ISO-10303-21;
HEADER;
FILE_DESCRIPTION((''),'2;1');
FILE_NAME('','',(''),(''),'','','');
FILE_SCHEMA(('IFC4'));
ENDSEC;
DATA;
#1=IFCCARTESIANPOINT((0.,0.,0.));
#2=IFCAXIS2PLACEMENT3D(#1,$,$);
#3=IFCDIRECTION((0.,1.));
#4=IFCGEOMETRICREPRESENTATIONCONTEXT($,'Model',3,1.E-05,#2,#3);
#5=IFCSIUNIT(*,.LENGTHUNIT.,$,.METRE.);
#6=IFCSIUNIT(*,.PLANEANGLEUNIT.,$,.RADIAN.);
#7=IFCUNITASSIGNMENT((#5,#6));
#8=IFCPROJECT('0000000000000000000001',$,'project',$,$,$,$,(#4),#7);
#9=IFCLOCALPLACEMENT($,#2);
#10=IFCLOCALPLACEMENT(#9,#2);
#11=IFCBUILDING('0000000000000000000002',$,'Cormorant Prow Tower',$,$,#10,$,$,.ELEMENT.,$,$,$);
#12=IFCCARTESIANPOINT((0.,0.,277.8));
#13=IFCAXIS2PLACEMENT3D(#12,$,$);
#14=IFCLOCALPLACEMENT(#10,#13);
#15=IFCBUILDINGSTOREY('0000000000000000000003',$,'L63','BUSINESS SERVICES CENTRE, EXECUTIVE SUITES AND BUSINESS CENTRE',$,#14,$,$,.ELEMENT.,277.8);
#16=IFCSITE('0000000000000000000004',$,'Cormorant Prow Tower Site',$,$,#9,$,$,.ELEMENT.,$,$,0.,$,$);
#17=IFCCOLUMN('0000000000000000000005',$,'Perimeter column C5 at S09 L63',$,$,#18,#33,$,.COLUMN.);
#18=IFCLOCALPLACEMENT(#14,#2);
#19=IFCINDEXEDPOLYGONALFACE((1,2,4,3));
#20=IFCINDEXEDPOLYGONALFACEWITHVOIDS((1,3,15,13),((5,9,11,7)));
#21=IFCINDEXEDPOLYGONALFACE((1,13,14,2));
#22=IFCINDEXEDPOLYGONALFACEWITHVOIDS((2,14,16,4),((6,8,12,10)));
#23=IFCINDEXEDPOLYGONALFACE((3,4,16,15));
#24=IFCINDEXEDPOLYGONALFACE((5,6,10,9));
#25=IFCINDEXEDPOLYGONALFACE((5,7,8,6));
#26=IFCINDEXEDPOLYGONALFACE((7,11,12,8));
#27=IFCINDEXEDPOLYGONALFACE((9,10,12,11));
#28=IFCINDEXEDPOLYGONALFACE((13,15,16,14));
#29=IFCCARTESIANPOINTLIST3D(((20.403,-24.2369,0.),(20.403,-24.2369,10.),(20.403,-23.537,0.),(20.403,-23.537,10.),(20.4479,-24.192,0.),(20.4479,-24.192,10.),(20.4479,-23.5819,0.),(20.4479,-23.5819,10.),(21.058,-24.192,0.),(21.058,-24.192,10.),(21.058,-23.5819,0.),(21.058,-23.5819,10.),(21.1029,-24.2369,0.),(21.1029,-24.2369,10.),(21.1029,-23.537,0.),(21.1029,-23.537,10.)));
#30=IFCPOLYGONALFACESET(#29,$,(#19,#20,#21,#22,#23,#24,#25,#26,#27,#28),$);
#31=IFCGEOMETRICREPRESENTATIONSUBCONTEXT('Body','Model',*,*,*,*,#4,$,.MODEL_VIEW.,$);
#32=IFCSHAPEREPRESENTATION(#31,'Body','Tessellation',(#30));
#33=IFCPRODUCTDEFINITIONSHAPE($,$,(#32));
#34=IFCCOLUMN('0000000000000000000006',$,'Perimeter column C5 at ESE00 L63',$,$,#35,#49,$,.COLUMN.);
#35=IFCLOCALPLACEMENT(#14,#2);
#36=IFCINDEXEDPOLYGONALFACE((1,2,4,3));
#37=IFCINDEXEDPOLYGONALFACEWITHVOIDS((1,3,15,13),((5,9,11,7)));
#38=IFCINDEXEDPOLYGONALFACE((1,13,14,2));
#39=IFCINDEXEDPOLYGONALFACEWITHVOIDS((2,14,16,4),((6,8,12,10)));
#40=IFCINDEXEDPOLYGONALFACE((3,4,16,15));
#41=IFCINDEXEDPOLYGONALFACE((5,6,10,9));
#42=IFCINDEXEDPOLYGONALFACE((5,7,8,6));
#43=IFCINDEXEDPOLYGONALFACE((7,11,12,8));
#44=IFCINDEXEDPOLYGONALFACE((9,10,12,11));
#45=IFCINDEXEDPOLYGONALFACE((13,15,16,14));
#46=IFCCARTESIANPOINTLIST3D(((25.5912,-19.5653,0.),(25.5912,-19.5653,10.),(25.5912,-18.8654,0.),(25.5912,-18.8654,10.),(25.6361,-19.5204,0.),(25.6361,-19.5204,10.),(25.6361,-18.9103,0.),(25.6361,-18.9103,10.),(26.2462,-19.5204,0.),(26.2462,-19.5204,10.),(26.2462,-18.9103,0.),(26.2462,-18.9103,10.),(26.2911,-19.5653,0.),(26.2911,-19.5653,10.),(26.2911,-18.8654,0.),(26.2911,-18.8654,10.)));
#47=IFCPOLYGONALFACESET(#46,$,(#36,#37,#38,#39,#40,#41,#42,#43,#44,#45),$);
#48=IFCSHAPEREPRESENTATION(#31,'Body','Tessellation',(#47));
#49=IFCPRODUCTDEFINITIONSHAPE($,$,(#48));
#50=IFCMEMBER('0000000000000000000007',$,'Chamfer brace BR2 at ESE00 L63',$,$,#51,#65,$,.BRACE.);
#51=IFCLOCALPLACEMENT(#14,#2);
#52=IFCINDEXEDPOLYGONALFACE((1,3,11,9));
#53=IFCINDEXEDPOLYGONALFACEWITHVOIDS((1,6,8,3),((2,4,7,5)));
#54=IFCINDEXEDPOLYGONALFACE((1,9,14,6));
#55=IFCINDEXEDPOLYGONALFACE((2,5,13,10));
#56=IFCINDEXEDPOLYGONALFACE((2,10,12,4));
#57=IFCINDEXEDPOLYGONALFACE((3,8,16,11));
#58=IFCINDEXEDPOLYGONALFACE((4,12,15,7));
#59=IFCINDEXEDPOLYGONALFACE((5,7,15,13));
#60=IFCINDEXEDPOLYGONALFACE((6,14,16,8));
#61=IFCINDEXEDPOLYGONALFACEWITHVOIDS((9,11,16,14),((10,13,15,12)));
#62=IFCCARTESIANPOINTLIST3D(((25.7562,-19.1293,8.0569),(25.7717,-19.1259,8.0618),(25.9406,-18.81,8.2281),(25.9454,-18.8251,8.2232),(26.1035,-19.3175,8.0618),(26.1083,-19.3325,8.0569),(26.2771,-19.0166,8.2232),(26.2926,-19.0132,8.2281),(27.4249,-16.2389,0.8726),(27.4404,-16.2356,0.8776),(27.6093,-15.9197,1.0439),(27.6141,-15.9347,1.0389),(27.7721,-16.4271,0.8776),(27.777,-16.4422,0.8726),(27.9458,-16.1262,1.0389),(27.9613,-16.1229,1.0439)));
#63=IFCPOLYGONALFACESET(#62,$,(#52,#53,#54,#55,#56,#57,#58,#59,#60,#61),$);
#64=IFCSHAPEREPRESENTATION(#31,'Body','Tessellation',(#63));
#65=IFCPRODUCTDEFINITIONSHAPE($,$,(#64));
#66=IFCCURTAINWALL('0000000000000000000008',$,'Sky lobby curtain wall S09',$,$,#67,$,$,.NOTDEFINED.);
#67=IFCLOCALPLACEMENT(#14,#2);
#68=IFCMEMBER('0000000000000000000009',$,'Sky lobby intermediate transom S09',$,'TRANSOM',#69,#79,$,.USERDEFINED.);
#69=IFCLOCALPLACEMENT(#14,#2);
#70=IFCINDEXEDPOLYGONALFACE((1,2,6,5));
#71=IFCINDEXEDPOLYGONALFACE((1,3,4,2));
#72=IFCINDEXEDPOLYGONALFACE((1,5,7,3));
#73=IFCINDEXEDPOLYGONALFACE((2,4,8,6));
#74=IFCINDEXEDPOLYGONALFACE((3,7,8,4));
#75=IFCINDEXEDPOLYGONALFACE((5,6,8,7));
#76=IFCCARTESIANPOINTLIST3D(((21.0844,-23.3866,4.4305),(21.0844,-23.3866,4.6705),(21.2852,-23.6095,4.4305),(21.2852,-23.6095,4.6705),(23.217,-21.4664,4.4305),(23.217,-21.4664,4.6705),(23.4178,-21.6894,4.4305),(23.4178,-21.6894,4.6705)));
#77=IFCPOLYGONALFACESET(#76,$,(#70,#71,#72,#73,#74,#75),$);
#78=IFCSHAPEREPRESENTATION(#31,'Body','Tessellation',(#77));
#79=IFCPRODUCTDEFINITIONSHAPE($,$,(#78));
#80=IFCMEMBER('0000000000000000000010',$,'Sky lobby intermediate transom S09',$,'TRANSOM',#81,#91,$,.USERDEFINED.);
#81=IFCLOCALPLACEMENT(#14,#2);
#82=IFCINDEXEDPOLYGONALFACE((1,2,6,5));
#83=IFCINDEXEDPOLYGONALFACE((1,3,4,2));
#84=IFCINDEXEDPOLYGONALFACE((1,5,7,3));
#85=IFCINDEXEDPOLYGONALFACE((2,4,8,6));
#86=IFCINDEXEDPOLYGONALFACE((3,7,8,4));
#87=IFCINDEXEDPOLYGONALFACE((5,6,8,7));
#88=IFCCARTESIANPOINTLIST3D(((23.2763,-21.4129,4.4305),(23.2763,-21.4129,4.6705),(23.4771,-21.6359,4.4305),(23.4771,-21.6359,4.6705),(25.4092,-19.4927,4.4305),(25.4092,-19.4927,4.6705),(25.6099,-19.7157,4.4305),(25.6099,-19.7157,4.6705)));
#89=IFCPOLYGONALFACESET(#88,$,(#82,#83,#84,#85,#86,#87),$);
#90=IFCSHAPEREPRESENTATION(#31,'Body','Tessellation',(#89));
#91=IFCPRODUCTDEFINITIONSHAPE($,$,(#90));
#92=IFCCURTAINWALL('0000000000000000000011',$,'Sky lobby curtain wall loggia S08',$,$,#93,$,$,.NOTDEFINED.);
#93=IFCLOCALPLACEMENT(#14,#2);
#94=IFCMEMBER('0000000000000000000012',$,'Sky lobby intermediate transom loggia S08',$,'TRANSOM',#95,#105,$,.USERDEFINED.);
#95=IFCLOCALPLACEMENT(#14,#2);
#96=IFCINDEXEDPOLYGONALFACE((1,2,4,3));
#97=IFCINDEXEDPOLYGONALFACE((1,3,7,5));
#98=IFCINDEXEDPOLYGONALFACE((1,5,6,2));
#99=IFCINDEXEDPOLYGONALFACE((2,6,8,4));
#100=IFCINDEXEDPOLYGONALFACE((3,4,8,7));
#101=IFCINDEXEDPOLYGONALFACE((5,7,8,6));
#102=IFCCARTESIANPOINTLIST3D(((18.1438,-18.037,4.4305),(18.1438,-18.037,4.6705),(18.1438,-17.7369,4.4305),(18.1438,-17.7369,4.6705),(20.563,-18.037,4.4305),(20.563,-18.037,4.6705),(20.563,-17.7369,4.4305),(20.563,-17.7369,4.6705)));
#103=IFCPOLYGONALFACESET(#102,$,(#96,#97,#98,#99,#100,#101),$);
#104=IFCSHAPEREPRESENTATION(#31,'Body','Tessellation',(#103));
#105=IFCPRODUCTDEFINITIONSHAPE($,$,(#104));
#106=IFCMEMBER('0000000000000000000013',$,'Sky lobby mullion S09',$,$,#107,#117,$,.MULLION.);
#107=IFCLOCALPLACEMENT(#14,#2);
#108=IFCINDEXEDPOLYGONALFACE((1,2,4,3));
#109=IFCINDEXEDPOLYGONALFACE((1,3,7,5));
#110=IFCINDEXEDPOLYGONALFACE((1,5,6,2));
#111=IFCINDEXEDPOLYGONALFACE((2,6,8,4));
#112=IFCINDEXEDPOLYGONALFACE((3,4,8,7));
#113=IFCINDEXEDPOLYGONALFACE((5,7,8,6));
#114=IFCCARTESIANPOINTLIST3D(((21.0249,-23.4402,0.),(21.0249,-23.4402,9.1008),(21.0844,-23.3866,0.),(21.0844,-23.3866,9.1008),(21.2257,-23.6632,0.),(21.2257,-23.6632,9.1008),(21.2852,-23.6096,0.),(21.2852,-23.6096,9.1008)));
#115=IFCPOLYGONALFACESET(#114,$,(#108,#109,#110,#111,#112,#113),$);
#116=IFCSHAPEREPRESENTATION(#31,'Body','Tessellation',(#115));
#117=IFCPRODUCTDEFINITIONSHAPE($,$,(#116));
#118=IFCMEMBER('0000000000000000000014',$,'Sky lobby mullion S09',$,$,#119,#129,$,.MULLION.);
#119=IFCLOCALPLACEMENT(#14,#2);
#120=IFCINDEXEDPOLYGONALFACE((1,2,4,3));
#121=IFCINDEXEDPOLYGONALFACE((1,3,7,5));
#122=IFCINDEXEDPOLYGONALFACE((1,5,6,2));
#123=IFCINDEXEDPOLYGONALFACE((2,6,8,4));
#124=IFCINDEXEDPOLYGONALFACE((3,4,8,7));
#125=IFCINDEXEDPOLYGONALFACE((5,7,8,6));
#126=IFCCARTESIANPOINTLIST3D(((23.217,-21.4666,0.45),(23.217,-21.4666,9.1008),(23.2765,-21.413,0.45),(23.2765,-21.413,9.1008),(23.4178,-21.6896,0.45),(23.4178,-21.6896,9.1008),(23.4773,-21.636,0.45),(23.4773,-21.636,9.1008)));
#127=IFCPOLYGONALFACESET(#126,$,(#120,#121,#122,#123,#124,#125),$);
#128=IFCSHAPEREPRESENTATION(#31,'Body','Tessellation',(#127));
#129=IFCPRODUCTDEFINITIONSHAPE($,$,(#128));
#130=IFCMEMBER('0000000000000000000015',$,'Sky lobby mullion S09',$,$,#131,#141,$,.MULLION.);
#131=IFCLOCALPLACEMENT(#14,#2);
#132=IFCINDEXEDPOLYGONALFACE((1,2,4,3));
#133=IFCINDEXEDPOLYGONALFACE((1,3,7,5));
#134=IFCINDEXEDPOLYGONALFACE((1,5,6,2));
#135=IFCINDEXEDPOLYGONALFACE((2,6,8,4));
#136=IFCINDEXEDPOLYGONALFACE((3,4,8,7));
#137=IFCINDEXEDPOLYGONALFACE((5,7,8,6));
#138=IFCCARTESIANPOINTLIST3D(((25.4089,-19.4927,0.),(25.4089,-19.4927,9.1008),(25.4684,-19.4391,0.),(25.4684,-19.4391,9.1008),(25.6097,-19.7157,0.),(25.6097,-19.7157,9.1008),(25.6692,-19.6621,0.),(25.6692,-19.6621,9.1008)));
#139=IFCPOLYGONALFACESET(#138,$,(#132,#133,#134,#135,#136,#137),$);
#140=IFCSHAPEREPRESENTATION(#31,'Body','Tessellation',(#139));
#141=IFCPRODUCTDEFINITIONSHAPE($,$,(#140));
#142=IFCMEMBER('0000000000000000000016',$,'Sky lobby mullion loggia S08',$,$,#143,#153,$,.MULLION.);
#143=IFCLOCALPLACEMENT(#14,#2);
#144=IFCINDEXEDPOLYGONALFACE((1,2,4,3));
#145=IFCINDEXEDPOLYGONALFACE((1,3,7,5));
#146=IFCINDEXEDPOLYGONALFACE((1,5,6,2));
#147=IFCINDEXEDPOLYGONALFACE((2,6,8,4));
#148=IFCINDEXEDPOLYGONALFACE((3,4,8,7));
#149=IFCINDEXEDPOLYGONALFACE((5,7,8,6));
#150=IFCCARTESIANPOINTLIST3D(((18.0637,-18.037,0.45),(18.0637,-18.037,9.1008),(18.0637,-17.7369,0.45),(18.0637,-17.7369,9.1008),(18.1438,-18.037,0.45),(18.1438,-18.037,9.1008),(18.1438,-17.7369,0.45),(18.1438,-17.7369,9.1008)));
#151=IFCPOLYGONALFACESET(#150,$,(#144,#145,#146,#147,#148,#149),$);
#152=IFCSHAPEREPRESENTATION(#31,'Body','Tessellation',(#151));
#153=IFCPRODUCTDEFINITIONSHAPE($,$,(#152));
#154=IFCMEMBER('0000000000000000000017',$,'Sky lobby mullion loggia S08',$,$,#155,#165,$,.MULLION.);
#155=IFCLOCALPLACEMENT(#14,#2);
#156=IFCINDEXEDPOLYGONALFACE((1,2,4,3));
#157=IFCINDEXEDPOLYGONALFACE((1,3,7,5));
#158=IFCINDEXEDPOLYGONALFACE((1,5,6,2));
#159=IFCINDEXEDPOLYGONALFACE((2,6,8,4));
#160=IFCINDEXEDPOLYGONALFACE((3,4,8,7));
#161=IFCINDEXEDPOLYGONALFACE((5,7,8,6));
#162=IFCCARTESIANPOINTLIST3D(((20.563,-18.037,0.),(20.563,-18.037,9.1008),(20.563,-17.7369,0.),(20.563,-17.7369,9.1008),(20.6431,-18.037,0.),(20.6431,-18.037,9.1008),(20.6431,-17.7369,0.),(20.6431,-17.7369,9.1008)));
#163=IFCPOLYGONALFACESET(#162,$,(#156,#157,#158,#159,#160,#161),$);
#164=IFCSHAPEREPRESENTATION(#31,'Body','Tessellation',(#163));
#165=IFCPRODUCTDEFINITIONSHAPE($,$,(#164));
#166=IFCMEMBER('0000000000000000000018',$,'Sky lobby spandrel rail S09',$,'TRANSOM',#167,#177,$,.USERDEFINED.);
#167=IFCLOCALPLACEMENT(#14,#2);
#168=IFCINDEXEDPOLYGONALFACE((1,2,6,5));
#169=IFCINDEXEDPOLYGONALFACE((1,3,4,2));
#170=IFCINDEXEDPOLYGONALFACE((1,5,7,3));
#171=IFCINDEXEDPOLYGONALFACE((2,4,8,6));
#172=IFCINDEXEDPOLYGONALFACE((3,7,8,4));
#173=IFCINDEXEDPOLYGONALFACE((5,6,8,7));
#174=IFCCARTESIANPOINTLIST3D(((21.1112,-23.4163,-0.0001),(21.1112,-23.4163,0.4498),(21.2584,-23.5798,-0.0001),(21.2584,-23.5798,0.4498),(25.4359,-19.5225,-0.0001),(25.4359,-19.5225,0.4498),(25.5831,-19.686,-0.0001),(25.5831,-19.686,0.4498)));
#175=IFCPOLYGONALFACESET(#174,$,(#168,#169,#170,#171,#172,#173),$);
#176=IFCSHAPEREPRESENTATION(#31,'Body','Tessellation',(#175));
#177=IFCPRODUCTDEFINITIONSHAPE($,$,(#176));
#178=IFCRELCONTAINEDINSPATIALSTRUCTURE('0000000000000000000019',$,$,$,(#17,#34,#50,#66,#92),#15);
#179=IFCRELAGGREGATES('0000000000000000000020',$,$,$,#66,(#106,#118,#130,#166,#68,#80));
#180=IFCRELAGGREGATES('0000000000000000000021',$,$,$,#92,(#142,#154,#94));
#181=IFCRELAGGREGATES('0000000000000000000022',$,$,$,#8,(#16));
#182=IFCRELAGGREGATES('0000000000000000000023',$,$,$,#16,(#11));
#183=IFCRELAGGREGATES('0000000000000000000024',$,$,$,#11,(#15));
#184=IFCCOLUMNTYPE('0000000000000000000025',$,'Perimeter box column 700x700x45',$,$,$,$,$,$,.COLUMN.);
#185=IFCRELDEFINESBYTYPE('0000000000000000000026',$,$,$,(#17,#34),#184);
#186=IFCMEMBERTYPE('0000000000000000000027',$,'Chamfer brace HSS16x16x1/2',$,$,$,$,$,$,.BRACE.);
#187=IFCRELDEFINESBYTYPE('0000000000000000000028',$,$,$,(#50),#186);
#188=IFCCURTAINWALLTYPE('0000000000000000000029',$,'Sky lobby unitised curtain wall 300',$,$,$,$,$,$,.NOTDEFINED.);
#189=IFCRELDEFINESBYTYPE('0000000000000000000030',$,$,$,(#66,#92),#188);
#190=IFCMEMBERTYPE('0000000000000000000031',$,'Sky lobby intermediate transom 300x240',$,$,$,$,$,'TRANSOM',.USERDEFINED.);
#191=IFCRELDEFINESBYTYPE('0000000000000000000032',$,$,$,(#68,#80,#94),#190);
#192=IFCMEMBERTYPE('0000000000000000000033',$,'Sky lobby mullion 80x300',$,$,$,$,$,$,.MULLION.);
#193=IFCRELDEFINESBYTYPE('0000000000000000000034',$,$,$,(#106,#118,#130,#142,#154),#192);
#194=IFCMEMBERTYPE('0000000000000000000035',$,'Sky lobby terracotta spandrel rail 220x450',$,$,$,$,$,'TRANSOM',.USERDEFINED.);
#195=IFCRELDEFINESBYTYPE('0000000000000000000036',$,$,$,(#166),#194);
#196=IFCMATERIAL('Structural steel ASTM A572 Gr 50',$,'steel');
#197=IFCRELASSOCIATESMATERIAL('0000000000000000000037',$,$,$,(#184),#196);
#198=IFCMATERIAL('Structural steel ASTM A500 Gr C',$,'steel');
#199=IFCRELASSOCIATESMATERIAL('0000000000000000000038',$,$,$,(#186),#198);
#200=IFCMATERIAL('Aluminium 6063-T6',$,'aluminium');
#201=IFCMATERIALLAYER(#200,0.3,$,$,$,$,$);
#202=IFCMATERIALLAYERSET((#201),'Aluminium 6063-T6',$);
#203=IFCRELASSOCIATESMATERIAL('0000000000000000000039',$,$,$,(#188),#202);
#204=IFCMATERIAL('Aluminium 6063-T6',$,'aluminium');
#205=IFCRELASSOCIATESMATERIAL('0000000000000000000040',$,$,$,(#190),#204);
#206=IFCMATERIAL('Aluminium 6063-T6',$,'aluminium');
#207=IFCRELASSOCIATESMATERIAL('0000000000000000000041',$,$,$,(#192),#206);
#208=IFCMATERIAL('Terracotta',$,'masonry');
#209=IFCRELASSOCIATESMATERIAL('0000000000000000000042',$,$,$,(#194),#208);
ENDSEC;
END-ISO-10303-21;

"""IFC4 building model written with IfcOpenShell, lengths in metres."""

from ifc_helpers import new_model, si_unit, direction, frame, origin, origin_2d, place, context, subcontext, project, spatial, rectangle, hollow_rectangle, extrude, material, layer, layer_set, material_profile, profile_set, type_object, element, aggregate, save


model = new_model("IFC4")

# Units and contexts
model_context = context("Model", 3, precision=1e-05, world=origin(), true_north=direction((0.0, 1.0)))
body_context = subcontext(model_context, "Body", "Model", "MODEL_VIEW")
ifc_project = project(units=[si_unit("LENGTHUNIT", "METRE"), si_unit("PLANEANGLEUNIT", "RADIAN")], contexts=[model_context])

# Site, building, storey
site_placement = place(None, origin())
site = spatial("IfcSite", under=ifc_project, at=site_placement, Name="Cormorant Prow Tower Site", CompositionType="ELEMENT", RefElevation=0.0)
building_placement = place(site_placement, origin())
building = spatial("IfcBuilding", under=site, at=building_placement, Name="Cormorant Prow Tower", CompositionType="ELEMENT")
storey_placement = place(building_placement, frame((0.0, 0.0, 277.8)))
storey = spatial("IfcBuildingStorey", under=building, at=storey_placement, Name="L63", Description="BUSINESS SERVICES CENTRE, EXECUTIVE SUITES AND BUSINESS CENTRE", CompositionType="ELEMENT", Elevation=277.8)

# Columns
ifc_material_1 = material(Name="Structural steel ASTM A572 Gr 50", Category="steel")
ifc_material_profile_1 = material_profile(ifc_material_1, hollow_rectangle(XDim=0.7, YDim=0.7, WallThickness=0.0449, at=origin_2d()), Name="Box 700x700x45")
ifc_profile_set_1 = profile_set([ifc_material_profile_1], Name="Structural steel ASTM A572 Gr 50")
column_type = type_object("IfcColumnType", Name="Perimeter box column 700x700x45", PredefinedType="COLUMN", material=ifc_profile_set_1)
for number, where, z_axis, x_axis, name in (
    (1, (20.7529, -23.887, 0.0), (0.0, 0.0, 1.0), (1.0, 0.0, 0.0), "Perimeter column C5 at S09 L63"),
    (2, (25.9412, -19.2153, 0.0), (0.0, 0.0, 1.0), (1.0, 0.0, 0.0), "Perimeter column C5 at ESE00 L63"),
):
    element("IfcColumn", number, at=place(storey_placement, frame(where, z_axis=z_axis, x_axis=x_axis)), inside=storey, type_object=column_type, Name=name, PredefinedType="COLUMN", context=body_context, shape_type="SweptSolid", body=[
        extrude(hollow_rectangle(XDim=0.7, YDim=0.7, WallThickness=0.0449, at=origin_2d()), origin(), (0.0, 0.0, 1.0), 10.0),
    ])

# Member
ifc_material_2 = material(Name="Structural steel ASTM A500 Gr C", Category="steel")
ifc_material_profile_2 = material_profile(ifc_material_2, hollow_rectangle(XDim=0.4065, YDim=0.4065, WallThickness=0.0117, at=origin_2d()), Name="HSS16x16x1/2")
ifc_profile_set_2 = profile_set([ifc_material_profile_2], Name="Structural steel ASTM A500 Gr C")
member_type_1 = type_object("IfcMemberType", Name="Chamfer brace HSS16x16x1/2", PredefinedType="BRACE", material=ifc_profile_set_2)
member_1_placement = place(storey_placement, frame((27.6931, -16.1809, 0.9583), z_axis=(-0.210649, -0.364869, 0.906917), x_axis=(0.866033, -0.499986, 0.0)))
element("IfcMember", 3, at=member_1_placement, inside=storey, type_object=member_type_1, Name="Chamfer brace BR2 at ESE00 L63", PredefinedType="BRACE", context=body_context, shape_type="SweptSolid", body=[
    extrude(hollow_rectangle(XDim=0.4065, YDim=0.4065, WallThickness=0.0117, at=origin_2d()), origin(), (0.0, 0.0, 1.0), 7.9216),
])

# Curtain wall, members
ifc_material_3 = material(Name="Aluminium 6063-T6", Category="aluminium")
ifc_layer_1 = layer(ifc_material_3, 0.3)
ifc_layer_set_1 = layer_set([ifc_layer_1], Name="Aluminium 6063-T6")
curtain_wall_type = type_object("IfcCurtainWallType", Name="Sky lobby unitised curtain wall 300", PredefinedType="NOTDEFINED", material=ifc_layer_set_1)
curtain_wall_1_placement = place(storey_placement, origin())
curtain_wall_1 = element("IfcCurtainWall", 4, at=curtain_wall_1_placement, inside=storey, type_object=curtain_wall_type, Name="Sky lobby curtain wall S09", PredefinedType="NOTDEFINED")
ifc_material_4 = material(Name="Aluminium 6063-T6", Category="aluminium")
ifc_material_profile_3 = material_profile(ifc_material_4, rectangle(XDim=0.3, YDim=0.24, at=origin_2d()), Name="Sky lobby intermediate transom 300x240")
ifc_profile_set_3 = profile_set([ifc_material_profile_3], Name="Aluminium 6063-T6")
member_type_2 = type_object("IfcMemberType", Name="Sky lobby intermediate transom 300x240", ElementType="TRANSOM", PredefinedType="USERDEFINED", material=ifc_profile_set_3)
member_2_placement = place(storey_placement, frame((21.1848, -23.498, 4.5505), z_axis=(0.743146, 0.669129, 0.0), x_axis=(-0.669129, 0.743146, 0.0)))
member_2 = element("IfcMember", 5, at=member_2_placement, type_object=member_type_2, Name="Sky lobby intermediate transom S09", ObjectType="TRANSOM", PredefinedType="USERDEFINED", context=body_context, shape_type="SweptSolid", body=[
    extrude(rectangle(XDim=0.3, YDim=0.24, at=origin_2d()), origin(), (0.0, 0.0, 1.0), 2.8696),
])
member_3_placement = place(storey_placement, frame((23.3767, -21.5244, 4.5505), z_axis=(0.743184, 0.669087, 0.0), x_axis=(-0.669087, 0.743184, 0.0)))
member_3 = element("IfcMember", 6, at=member_3_placement, type_object=member_type_2, Name="Sky lobby intermediate transom S09", ObjectType="TRANSOM", PredefinedType="USERDEFINED", context=body_context, shape_type="SweptSolid", body=[
    extrude(rectangle(XDim=0.3, YDim=0.24, at=origin_2d()), origin(), (0.0, 0.0, 1.0), 2.8699),
])

# Curtain wall, member
curtain_wall_2_placement = place(storey_placement, origin())
curtain_wall_2 = element("IfcCurtainWall", 7, at=curtain_wall_2_placement, inside=storey, type_object=curtain_wall_type, Name="Sky lobby curtain wall loggia S08", PredefinedType="NOTDEFINED")
member_4_placement = place(storey_placement, frame((18.1438, -17.887, 4.5505), z_axis=(1.0, 0.0, 0.0), x_axis=(0.0, 1.0, 0.0)))
member_4 = element("IfcMember", 8, at=member_4_placement, type_object=member_type_2, Name="Sky lobby intermediate transom loggia S08", ObjectType="TRANSOM", PredefinedType="USERDEFINED", context=body_context, shape_type="SweptSolid", body=[
    extrude(rectangle(XDim=0.3, YDim=0.24, at=origin_2d()), origin(), (0.0, 0.0, 1.0), 2.4192),
])

# Members
ifc_material_5 = material(Name="Aluminium 6063-T6", Category="aluminium")
ifc_material_profile_4 = material_profile(ifc_material_5, rectangle(XDim=0.3, YDim=0.0801, at=origin_2d()), Name="Sky lobby mullion 80x300")
ifc_profile_set_4 = profile_set([ifc_material_profile_4], Name="Aluminium 6063-T6")
member_type_3 = type_object("IfcMemberType", Name="Sky lobby mullion 80x300", PredefinedType="MULLION", material=ifc_profile_set_4)
member_5_placement = place(storey_placement, frame((21.155, -23.5249, 0.0), z_axis=(0.0, 0.0, 1.0), x_axis=(-0.669131, 0.743145, 0.0)))
member_5 = element("IfcMember", 9, at=member_5_placement, type_object=member_type_3, Name="Sky lobby mullion S09", PredefinedType="MULLION", context=body_context, shape_type="SweptSolid", body=[
    extrude(rectangle(XDim=0.3, YDim=0.0801, at=origin_2d()), origin(), (0.0, 0.0, 1.0), 9.1008),
])
member_6_placement = place(storey_placement, frame((23.3472, -21.5513, 0.45), z_axis=(0.0, 0.0, 1.0), x_axis=(-0.669131, 0.743145, 0.0)))
member_6 = element("IfcMember", 10, at=member_6_placement, type_object=member_type_3, Name="Sky lobby mullion S09", PredefinedType="MULLION", context=body_context, shape_type="SweptSolid", body=[
    extrude(rectangle(XDim=0.3, YDim=0.0801, at=origin_2d()), origin(), (0.0, 0.0, 1.0), 8.6509),
])
member_7_placement = place(storey_placement, frame((25.5391, -19.5774, 0.0), z_axis=(0.0, 0.0, 1.0), x_axis=(-0.669131, 0.743145, 0.0)))
member_7 = element("IfcMember", 11, at=member_7_placement, type_object=member_type_3, Name="Sky lobby mullion S09", PredefinedType="MULLION", context=body_context, shape_type="SweptSolid", body=[
    extrude(rectangle(XDim=0.3, YDim=0.0801, at=origin_2d()), origin(), (0.0, 0.0, 1.0), 9.1008),
])
member_8_placement = place(storey_placement, frame((18.1038, -17.887, 0.45), z_axis=(0.0, 0.0, 1.0), x_axis=(0.0, 1.0, 0.0)))
member_8 = element("IfcMember", 12, at=member_8_placement, type_object=member_type_3, Name="Sky lobby mullion loggia S08", PredefinedType="MULLION", context=body_context, shape_type="SweptSolid", body=[
    extrude(rectangle(XDim=0.3, YDim=0.0801, at=origin_2d()), origin(), (0.0, 0.0, 1.0), 8.6509),
])
member_9_placement = place(storey_placement, frame((20.603, -17.887, 0.0), z_axis=(0.0, 0.0, 1.0), x_axis=(0.0, 1.0, 0.0)))
member_9 = element("IfcMember", 13, at=member_9_placement, type_object=member_type_3, Name="Sky lobby mullion loggia S08", PredefinedType="MULLION", context=body_context, shape_type="SweptSolid", body=[
    extrude(rectangle(XDim=0.3, YDim=0.0801, at=origin_2d()), origin(), (0.0, 0.0, 1.0), 9.1008),
])
ifc_material_6 = material(Name="Terracotta", Category="masonry")
ifc_material_profile_5 = material_profile(ifc_material_6, rectangle(XDim=0.22, YDim=0.45, at=origin_2d()), Name="Sky lobby terracotta spandrel rail 220x450")
ifc_profile_set_5 = profile_set([ifc_material_profile_5], Name="Terracotta")
member_type_4 = type_object("IfcMemberType", Name="Sky lobby terracotta spandrel rail 220x450", ElementType="TRANSOM", PredefinedType="USERDEFINED", material=ifc_profile_set_5)
member_10_placement = place(storey_placement, frame((21.1848, -23.498, 0.2249), z_axis=(0.743161, 0.669113, 0.0), x_axis=(-0.669113, 0.743161, 0.0)))
member_10 = element("IfcMember", 14, at=member_10_placement, type_object=member_type_4, Name="Sky lobby spandrel rail S09", ObjectType="TRANSOM", PredefinedType="USERDEFINED", context=body_context, shape_type="SweptSolid", body=[
    extrude(rectangle(XDim=0.22, YDim=0.45, at=origin_2d()), origin(), (0.0, 0.0, 1.0), 5.8193),
])

aggregate(curtain_wall_1, [member_5, member_6, member_7, member_10, member_2, member_3])
aggregate(curtain_wall_2, [member_8, member_9, member_4])

save(model, "model.ifc")
